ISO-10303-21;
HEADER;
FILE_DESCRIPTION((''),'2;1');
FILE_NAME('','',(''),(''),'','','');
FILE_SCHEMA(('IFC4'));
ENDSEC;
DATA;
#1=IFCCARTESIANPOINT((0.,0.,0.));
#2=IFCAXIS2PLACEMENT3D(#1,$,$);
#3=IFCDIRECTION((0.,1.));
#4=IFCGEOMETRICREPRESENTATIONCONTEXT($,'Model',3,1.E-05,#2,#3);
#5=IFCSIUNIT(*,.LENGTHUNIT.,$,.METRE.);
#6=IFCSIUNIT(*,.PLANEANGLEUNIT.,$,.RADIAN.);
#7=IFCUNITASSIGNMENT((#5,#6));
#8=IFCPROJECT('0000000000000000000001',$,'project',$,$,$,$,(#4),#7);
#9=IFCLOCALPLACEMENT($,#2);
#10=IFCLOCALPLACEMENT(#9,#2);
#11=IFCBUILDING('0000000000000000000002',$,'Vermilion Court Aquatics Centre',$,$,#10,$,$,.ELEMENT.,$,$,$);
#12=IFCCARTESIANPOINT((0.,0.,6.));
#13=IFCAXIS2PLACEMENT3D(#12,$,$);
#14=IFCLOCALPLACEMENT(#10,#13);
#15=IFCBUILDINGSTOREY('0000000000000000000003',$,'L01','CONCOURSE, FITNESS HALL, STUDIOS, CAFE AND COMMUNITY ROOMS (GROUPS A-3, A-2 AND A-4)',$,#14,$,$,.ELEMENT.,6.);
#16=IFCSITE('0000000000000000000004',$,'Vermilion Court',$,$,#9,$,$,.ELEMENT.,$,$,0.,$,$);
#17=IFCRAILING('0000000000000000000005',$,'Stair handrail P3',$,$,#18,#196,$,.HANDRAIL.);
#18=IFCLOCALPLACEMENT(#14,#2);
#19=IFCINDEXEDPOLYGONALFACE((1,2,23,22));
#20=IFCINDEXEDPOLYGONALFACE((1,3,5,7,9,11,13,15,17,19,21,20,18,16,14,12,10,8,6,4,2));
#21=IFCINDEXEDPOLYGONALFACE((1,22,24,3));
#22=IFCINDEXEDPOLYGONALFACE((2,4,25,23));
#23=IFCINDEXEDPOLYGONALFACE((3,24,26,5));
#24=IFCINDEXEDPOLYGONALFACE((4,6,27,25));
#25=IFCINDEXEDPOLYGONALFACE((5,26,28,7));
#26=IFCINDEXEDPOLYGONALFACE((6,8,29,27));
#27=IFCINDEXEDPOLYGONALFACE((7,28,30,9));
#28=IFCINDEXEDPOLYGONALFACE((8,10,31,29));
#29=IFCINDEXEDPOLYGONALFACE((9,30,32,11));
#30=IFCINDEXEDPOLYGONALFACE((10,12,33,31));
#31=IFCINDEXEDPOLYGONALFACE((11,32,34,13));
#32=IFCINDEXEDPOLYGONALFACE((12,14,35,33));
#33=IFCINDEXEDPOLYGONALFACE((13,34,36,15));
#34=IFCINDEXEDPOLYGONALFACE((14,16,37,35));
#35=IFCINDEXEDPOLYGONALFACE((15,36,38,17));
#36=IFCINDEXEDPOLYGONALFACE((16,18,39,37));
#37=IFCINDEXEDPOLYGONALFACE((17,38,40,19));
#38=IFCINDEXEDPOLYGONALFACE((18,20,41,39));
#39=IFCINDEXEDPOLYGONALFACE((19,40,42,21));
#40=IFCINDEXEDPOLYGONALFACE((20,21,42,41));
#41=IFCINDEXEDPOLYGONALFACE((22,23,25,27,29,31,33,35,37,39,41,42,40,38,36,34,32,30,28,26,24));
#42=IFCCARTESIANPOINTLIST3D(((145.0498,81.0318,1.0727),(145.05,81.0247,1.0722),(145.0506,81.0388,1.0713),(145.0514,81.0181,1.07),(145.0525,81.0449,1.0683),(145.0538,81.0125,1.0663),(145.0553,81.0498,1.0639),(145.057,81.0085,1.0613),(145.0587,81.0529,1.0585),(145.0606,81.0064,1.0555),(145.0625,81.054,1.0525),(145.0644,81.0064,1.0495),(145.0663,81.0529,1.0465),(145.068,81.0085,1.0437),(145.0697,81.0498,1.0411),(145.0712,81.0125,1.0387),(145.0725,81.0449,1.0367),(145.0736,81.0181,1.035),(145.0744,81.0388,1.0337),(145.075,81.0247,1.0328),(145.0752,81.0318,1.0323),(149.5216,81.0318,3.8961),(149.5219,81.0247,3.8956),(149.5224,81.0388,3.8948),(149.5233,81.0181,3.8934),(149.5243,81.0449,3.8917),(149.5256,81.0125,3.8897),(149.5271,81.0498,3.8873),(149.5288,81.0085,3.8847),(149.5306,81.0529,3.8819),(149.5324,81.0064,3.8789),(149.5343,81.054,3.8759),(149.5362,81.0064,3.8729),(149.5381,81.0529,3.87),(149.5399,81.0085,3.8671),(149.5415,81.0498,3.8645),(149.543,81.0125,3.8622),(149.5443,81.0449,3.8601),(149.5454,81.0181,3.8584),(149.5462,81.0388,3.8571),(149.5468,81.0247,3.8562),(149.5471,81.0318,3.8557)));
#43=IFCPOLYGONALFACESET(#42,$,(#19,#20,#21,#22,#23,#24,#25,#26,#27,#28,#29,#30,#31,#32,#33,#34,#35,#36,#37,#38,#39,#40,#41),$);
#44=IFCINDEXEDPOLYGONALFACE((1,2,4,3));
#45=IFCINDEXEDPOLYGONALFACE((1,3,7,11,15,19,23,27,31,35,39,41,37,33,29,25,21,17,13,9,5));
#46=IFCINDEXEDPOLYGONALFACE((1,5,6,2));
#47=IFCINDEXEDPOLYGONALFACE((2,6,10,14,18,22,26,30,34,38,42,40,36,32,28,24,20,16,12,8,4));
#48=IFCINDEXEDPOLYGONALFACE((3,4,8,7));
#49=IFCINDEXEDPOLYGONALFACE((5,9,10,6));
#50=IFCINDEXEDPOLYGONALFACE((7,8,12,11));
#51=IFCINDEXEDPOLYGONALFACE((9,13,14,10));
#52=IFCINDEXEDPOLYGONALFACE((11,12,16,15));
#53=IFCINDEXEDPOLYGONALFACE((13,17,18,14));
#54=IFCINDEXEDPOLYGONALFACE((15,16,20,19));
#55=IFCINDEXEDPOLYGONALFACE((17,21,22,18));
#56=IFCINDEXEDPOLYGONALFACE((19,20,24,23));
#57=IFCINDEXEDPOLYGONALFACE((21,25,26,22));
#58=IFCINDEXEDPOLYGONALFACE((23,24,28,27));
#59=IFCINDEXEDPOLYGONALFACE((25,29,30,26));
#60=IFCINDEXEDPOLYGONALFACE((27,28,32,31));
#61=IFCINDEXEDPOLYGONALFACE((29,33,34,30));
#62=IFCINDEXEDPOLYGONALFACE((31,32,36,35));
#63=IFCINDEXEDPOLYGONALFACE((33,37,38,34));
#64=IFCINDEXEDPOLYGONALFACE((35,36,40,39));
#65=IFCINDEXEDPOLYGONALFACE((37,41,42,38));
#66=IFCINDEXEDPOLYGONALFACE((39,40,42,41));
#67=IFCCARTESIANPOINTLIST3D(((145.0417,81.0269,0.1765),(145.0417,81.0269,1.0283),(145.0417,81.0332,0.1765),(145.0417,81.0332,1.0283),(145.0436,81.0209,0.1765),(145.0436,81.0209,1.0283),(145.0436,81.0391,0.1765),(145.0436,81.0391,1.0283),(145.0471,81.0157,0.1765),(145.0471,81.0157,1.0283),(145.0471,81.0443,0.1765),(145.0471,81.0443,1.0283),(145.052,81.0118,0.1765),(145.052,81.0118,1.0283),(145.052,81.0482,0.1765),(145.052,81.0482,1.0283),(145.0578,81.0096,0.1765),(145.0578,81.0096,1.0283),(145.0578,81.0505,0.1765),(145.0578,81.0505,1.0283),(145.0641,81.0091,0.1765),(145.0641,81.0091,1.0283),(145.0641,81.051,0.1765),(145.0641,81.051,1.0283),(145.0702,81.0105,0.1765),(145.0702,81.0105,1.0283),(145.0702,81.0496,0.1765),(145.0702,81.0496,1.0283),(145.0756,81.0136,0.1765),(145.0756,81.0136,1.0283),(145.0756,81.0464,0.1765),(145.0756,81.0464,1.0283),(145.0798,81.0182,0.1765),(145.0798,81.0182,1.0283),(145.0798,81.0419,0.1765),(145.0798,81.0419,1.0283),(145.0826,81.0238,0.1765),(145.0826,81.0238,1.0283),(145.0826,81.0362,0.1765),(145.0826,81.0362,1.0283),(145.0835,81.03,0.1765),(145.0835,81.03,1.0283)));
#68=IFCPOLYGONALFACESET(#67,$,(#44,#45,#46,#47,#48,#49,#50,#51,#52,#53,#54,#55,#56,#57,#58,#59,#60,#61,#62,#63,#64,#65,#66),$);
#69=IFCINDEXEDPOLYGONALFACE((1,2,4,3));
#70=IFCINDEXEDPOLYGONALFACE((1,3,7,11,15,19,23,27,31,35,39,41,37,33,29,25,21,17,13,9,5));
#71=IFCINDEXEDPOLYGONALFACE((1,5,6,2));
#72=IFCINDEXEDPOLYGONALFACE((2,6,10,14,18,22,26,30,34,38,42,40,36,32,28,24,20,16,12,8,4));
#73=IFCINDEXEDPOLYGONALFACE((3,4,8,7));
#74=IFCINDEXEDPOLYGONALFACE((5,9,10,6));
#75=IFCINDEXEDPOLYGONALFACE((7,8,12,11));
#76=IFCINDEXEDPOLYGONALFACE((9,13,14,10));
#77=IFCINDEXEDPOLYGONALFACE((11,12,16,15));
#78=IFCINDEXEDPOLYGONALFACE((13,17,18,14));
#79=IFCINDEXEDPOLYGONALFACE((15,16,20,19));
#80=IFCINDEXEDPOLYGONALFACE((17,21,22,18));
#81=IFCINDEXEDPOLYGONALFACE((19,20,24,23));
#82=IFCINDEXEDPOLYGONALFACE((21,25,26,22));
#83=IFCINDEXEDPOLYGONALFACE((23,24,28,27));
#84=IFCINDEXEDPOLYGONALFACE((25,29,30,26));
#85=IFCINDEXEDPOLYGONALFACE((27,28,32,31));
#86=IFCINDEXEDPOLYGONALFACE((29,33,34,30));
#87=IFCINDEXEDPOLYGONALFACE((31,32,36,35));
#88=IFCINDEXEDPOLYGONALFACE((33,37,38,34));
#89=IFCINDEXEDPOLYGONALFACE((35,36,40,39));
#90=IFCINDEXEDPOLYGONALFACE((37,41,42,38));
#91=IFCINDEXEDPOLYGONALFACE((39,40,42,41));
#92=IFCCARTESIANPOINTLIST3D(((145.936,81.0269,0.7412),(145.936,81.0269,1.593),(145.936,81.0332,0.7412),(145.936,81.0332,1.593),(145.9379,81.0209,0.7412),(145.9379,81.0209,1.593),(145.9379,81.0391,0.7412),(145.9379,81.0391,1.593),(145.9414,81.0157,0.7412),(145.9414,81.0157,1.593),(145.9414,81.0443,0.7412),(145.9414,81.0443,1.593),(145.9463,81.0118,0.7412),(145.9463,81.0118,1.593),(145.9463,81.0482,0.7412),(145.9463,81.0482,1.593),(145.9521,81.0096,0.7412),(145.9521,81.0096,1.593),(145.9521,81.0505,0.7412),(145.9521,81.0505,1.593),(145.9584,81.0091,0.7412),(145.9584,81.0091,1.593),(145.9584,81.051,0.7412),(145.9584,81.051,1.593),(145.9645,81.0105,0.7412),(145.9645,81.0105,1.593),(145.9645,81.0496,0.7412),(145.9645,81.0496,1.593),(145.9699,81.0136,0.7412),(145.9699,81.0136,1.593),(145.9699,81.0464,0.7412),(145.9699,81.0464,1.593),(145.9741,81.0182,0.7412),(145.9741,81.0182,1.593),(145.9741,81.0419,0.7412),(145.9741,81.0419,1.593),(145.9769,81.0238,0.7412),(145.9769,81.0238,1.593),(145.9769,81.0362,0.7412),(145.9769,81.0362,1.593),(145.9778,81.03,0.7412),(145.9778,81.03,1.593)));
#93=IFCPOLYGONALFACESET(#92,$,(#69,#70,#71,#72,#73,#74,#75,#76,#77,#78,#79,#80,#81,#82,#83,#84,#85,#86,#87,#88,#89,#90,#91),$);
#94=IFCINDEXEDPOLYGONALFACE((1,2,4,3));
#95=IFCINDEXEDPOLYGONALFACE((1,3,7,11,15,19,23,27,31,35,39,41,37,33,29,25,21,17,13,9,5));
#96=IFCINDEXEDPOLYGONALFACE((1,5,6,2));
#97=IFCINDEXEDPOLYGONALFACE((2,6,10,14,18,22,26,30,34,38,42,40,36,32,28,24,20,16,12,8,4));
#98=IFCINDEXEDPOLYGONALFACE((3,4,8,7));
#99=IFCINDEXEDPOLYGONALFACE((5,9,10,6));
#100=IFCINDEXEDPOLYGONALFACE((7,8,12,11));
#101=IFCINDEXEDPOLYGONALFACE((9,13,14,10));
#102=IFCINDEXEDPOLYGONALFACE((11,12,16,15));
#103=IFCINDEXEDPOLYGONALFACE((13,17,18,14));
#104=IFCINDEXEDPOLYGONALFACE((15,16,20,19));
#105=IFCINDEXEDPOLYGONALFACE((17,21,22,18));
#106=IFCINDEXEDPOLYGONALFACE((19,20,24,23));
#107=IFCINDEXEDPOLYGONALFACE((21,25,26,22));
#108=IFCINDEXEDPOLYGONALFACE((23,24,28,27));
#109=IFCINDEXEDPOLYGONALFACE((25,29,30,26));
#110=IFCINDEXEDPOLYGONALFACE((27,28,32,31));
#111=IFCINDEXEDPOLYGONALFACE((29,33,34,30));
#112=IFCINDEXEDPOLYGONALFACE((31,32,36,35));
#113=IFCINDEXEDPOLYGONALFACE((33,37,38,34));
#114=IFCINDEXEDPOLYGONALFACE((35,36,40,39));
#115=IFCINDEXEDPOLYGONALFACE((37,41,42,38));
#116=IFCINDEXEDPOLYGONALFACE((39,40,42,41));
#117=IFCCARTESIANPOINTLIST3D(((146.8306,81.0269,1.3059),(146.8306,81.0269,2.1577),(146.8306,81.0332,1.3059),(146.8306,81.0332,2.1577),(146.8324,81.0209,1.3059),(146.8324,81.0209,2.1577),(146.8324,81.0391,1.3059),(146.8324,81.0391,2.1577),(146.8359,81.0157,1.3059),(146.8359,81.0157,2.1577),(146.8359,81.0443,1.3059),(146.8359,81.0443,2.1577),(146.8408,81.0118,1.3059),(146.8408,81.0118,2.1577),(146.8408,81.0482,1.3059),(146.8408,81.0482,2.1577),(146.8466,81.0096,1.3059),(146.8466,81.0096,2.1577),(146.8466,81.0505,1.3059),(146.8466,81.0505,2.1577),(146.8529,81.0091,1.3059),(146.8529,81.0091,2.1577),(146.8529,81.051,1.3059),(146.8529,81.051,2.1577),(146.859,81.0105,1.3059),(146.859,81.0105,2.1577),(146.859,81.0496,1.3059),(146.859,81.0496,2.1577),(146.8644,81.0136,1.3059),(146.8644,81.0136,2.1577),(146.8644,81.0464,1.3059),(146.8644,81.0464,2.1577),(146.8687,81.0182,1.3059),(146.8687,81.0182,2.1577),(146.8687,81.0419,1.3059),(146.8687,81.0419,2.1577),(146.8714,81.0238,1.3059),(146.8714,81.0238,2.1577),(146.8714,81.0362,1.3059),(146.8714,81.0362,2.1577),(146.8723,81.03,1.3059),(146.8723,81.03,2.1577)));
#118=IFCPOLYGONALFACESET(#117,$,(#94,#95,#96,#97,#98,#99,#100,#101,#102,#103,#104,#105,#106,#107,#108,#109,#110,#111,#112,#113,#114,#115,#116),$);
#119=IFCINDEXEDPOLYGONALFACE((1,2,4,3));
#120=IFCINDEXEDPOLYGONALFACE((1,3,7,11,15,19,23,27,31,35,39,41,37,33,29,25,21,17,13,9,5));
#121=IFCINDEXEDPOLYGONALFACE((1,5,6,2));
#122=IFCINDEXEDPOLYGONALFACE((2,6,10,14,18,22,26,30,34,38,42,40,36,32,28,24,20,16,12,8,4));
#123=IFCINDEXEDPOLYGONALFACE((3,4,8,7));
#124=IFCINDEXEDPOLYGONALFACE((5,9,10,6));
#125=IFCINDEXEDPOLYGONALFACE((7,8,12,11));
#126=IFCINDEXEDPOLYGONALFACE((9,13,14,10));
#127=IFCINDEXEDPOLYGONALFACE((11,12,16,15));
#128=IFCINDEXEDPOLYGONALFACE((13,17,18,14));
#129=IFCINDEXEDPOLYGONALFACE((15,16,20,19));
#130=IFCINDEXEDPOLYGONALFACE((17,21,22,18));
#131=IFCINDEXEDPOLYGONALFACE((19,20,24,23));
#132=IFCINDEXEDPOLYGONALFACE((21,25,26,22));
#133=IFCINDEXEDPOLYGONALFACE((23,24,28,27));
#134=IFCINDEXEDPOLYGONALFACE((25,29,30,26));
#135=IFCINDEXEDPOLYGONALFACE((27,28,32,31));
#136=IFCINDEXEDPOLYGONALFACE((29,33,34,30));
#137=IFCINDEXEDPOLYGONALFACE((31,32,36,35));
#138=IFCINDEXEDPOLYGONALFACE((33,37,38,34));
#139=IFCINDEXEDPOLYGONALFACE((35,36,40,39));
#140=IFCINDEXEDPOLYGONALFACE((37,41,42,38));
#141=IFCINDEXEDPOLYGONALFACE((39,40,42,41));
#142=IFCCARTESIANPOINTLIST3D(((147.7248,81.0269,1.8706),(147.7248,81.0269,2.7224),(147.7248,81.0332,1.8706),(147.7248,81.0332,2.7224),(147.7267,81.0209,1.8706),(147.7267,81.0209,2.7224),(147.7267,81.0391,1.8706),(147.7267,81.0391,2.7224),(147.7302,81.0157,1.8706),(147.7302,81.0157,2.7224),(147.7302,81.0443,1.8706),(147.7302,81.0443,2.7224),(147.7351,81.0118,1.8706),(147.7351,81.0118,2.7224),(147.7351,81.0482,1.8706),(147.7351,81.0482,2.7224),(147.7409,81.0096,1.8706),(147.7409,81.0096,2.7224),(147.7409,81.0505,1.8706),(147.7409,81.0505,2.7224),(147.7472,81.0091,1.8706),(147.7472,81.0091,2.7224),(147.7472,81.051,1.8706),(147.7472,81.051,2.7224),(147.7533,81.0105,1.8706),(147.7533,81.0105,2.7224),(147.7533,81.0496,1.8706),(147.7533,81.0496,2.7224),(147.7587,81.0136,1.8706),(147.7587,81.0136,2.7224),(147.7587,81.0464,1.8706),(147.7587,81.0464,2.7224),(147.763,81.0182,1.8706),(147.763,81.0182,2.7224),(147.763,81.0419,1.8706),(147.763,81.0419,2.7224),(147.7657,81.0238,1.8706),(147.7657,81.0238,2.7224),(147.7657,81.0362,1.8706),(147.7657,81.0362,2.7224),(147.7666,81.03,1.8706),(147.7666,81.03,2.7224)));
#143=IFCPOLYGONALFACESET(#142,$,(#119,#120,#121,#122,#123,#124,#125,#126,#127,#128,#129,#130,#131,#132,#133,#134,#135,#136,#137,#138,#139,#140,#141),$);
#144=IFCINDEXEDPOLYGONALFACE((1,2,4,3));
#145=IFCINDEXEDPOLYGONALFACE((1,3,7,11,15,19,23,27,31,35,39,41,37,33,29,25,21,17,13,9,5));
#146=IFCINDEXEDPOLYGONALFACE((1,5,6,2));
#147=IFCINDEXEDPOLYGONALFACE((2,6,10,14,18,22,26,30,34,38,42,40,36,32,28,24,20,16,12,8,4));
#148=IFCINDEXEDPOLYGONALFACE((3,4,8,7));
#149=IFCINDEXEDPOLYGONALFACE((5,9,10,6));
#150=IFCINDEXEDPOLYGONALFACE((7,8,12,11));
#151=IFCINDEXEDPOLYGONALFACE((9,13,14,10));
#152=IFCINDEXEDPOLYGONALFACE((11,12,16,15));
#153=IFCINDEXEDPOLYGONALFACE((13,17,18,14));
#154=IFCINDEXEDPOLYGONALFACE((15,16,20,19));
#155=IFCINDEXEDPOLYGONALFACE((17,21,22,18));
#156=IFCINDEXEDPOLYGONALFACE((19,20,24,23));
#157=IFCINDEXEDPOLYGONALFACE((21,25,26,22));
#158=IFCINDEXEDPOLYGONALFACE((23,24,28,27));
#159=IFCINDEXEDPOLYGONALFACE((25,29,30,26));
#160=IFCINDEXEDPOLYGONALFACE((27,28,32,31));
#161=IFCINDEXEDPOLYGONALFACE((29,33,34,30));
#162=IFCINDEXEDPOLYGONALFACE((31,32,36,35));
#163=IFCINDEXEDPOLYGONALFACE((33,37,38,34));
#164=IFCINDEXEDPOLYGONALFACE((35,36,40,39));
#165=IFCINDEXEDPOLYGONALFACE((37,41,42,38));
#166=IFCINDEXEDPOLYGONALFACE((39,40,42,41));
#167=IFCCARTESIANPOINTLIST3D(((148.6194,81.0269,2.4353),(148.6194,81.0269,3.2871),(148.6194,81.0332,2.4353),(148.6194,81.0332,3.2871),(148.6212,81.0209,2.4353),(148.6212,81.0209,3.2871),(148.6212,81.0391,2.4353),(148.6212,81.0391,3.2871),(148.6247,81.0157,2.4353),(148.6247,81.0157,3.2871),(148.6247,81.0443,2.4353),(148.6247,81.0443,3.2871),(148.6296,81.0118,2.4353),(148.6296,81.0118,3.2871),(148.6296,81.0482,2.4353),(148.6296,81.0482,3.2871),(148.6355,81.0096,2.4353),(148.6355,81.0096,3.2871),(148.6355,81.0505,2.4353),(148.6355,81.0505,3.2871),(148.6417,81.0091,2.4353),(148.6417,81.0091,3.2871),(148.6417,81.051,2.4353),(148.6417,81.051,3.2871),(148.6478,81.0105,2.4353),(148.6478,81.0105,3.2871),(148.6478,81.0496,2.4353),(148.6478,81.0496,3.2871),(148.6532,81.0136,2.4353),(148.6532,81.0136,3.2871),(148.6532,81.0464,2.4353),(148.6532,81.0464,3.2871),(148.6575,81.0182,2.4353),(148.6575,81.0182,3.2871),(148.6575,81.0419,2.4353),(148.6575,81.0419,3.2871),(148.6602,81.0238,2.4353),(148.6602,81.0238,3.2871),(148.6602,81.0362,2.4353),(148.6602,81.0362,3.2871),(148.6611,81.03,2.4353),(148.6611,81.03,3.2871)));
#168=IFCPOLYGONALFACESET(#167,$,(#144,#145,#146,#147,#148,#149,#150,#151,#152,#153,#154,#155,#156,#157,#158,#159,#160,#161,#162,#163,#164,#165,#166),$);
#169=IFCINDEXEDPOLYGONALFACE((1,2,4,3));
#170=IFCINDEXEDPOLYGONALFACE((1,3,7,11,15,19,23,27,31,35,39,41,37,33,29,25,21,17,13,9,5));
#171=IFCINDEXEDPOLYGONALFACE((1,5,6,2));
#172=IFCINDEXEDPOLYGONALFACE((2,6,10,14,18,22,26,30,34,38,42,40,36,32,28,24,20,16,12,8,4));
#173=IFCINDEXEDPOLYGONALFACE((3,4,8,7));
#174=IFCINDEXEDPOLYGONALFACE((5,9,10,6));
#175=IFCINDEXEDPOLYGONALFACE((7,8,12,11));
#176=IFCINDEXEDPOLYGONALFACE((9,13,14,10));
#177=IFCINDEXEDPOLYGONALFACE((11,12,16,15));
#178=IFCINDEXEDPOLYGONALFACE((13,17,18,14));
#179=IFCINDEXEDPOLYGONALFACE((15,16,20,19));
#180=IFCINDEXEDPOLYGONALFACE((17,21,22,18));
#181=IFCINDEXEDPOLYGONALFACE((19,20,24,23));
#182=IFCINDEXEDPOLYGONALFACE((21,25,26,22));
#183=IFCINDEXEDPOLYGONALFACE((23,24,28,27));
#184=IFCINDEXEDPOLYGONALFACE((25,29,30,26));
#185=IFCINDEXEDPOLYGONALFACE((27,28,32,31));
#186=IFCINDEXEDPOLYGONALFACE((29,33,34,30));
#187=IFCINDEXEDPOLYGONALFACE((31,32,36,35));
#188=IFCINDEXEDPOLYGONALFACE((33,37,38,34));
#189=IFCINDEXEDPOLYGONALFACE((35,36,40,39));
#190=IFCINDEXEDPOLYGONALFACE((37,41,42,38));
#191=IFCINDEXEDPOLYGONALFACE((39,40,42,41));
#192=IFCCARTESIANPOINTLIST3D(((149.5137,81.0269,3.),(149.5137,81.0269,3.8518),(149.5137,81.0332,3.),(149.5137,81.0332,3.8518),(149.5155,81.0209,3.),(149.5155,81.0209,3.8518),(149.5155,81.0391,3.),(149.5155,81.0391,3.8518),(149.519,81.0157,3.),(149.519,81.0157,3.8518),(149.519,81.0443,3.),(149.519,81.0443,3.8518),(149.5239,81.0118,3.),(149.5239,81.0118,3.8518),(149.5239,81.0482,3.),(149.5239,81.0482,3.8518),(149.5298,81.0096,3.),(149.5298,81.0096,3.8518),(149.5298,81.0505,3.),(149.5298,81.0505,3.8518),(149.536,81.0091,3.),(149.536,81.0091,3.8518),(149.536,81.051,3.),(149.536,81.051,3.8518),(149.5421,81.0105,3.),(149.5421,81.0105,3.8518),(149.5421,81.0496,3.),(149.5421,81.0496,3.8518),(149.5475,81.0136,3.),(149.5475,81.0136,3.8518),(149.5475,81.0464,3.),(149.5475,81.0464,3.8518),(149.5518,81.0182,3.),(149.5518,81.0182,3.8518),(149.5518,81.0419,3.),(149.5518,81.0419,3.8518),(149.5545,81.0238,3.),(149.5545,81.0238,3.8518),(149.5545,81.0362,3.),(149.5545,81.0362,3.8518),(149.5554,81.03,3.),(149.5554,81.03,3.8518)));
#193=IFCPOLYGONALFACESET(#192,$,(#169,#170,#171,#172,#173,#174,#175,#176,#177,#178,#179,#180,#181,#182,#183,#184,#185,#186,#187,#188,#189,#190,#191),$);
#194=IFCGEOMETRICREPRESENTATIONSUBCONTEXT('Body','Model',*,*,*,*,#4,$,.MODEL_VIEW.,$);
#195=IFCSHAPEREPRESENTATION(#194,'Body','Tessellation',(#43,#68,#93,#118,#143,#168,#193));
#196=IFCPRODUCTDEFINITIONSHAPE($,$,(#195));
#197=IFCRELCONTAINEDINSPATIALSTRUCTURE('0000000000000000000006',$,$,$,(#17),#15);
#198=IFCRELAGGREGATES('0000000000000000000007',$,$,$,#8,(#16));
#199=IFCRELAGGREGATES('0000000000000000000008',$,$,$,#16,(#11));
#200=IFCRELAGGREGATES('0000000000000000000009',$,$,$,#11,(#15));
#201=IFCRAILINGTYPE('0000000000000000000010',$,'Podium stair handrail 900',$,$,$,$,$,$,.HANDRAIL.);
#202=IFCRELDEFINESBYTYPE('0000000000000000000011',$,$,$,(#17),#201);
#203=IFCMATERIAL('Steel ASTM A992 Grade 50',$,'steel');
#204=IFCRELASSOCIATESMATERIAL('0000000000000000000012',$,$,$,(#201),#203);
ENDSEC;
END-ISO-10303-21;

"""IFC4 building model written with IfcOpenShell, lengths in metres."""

from ifc_helpers import new_model, si_unit, direction, frame, origin, origin_2d, place, context, subcontext, project, spatial, circle, extrude, material, type_object, element, save


model = new_model("IFC4")

# Units and contexts
model_context = context("Model", 3, precision=1e-05, world=origin(), true_north=direction((0.0, 1.0)))
body_context = subcontext(model_context, "Body", "Model", "MODEL_VIEW")
ifc_project = project(units=[si_unit("LENGTHUNIT", "METRE"), si_unit("PLANEANGLEUNIT", "RADIAN")], contexts=[model_context])

# Site, building, storey
site_placement = place(None, origin())
site = spatial("IfcSite", under=ifc_project, at=site_placement, Name="Vermilion Court", CompositionType="ELEMENT", RefElevation=0.0)
building_placement = place(site_placement, origin())
building = spatial("IfcBuilding", under=site, at=building_placement, Name="Vermilion Court Aquatics Centre", CompositionType="ELEMENT")
storey_placement = place(building_placement, frame((0.0, 0.0, 6.0)))
storey = spatial("IfcBuildingStorey", under=building, at=storey_placement, Name="L01", Description="CONCOURSE, FITNESS HALL, STUDIOS, CAFE AND COMMUNITY ROOMS (GROUPS A-3, A-2 AND A-4)", CompositionType="ELEMENT", Elevation=6.0)

# Railing
ifc_material_1 = material(Name="Steel ASTM A992 Grade 50", Category="steel")
railing_type_1 = type_object("IfcRailingType", Name="Podium stair handrail 900", PredefinedType="HANDRAIL", material=ifc_material_1)
for number, where, name in (
    (1, (145.0625, 81.03, 0.1765), "Stair handrail P3"),
):
    element("IfcRailing", number, at=place(storey_placement, frame(where)), inside=storey, type_object=railing_type_1, Name=name, PredefinedType="HANDRAIL", context=body_context, shape_type="SweptSolid", body=[
        extrude(circle(Radius=0.0239, at=origin_2d()), frame((0.0, 0.0, 0.876), z_axis=(0.845565, 0.0, 0.533873), x_axis=(0.0, 1.0, 0.0)), (0.0, 0.0, 1.0), 5.2886),
        extrude(circle(Radius=0.021, at=origin_2d()), origin(), (0.0, 0.0, 1.0), 0.8518),
        extrude(circle(Radius=0.021, at=origin_2d()), frame((0.8943, 0.0, 0.5647)), (0.0, 0.0, 1.0), 0.8518),
        extrude(circle(Radius=0.021, at=origin_2d()), frame((1.7888, 0.0, 1.1294)), (0.0, 0.0, 1.0), 0.8518),
        extrude(circle(Radius=0.021, at=origin_2d()), frame((2.6831, 0.0, 1.6941)), (0.0, 0.0, 1.0), 0.8518),
        extrude(circle(Radius=0.021, at=origin_2d()), frame((3.5776, 0.0, 2.2588)), (0.0, 0.0, 1.0), 0.8518),
        extrude(circle(Radius=0.021, at=origin_2d()), frame((4.4719, 0.0, 2.8235)), (0.0, 0.0, 1.0), 0.8518),
    ])

save(model, "model.ifc")
